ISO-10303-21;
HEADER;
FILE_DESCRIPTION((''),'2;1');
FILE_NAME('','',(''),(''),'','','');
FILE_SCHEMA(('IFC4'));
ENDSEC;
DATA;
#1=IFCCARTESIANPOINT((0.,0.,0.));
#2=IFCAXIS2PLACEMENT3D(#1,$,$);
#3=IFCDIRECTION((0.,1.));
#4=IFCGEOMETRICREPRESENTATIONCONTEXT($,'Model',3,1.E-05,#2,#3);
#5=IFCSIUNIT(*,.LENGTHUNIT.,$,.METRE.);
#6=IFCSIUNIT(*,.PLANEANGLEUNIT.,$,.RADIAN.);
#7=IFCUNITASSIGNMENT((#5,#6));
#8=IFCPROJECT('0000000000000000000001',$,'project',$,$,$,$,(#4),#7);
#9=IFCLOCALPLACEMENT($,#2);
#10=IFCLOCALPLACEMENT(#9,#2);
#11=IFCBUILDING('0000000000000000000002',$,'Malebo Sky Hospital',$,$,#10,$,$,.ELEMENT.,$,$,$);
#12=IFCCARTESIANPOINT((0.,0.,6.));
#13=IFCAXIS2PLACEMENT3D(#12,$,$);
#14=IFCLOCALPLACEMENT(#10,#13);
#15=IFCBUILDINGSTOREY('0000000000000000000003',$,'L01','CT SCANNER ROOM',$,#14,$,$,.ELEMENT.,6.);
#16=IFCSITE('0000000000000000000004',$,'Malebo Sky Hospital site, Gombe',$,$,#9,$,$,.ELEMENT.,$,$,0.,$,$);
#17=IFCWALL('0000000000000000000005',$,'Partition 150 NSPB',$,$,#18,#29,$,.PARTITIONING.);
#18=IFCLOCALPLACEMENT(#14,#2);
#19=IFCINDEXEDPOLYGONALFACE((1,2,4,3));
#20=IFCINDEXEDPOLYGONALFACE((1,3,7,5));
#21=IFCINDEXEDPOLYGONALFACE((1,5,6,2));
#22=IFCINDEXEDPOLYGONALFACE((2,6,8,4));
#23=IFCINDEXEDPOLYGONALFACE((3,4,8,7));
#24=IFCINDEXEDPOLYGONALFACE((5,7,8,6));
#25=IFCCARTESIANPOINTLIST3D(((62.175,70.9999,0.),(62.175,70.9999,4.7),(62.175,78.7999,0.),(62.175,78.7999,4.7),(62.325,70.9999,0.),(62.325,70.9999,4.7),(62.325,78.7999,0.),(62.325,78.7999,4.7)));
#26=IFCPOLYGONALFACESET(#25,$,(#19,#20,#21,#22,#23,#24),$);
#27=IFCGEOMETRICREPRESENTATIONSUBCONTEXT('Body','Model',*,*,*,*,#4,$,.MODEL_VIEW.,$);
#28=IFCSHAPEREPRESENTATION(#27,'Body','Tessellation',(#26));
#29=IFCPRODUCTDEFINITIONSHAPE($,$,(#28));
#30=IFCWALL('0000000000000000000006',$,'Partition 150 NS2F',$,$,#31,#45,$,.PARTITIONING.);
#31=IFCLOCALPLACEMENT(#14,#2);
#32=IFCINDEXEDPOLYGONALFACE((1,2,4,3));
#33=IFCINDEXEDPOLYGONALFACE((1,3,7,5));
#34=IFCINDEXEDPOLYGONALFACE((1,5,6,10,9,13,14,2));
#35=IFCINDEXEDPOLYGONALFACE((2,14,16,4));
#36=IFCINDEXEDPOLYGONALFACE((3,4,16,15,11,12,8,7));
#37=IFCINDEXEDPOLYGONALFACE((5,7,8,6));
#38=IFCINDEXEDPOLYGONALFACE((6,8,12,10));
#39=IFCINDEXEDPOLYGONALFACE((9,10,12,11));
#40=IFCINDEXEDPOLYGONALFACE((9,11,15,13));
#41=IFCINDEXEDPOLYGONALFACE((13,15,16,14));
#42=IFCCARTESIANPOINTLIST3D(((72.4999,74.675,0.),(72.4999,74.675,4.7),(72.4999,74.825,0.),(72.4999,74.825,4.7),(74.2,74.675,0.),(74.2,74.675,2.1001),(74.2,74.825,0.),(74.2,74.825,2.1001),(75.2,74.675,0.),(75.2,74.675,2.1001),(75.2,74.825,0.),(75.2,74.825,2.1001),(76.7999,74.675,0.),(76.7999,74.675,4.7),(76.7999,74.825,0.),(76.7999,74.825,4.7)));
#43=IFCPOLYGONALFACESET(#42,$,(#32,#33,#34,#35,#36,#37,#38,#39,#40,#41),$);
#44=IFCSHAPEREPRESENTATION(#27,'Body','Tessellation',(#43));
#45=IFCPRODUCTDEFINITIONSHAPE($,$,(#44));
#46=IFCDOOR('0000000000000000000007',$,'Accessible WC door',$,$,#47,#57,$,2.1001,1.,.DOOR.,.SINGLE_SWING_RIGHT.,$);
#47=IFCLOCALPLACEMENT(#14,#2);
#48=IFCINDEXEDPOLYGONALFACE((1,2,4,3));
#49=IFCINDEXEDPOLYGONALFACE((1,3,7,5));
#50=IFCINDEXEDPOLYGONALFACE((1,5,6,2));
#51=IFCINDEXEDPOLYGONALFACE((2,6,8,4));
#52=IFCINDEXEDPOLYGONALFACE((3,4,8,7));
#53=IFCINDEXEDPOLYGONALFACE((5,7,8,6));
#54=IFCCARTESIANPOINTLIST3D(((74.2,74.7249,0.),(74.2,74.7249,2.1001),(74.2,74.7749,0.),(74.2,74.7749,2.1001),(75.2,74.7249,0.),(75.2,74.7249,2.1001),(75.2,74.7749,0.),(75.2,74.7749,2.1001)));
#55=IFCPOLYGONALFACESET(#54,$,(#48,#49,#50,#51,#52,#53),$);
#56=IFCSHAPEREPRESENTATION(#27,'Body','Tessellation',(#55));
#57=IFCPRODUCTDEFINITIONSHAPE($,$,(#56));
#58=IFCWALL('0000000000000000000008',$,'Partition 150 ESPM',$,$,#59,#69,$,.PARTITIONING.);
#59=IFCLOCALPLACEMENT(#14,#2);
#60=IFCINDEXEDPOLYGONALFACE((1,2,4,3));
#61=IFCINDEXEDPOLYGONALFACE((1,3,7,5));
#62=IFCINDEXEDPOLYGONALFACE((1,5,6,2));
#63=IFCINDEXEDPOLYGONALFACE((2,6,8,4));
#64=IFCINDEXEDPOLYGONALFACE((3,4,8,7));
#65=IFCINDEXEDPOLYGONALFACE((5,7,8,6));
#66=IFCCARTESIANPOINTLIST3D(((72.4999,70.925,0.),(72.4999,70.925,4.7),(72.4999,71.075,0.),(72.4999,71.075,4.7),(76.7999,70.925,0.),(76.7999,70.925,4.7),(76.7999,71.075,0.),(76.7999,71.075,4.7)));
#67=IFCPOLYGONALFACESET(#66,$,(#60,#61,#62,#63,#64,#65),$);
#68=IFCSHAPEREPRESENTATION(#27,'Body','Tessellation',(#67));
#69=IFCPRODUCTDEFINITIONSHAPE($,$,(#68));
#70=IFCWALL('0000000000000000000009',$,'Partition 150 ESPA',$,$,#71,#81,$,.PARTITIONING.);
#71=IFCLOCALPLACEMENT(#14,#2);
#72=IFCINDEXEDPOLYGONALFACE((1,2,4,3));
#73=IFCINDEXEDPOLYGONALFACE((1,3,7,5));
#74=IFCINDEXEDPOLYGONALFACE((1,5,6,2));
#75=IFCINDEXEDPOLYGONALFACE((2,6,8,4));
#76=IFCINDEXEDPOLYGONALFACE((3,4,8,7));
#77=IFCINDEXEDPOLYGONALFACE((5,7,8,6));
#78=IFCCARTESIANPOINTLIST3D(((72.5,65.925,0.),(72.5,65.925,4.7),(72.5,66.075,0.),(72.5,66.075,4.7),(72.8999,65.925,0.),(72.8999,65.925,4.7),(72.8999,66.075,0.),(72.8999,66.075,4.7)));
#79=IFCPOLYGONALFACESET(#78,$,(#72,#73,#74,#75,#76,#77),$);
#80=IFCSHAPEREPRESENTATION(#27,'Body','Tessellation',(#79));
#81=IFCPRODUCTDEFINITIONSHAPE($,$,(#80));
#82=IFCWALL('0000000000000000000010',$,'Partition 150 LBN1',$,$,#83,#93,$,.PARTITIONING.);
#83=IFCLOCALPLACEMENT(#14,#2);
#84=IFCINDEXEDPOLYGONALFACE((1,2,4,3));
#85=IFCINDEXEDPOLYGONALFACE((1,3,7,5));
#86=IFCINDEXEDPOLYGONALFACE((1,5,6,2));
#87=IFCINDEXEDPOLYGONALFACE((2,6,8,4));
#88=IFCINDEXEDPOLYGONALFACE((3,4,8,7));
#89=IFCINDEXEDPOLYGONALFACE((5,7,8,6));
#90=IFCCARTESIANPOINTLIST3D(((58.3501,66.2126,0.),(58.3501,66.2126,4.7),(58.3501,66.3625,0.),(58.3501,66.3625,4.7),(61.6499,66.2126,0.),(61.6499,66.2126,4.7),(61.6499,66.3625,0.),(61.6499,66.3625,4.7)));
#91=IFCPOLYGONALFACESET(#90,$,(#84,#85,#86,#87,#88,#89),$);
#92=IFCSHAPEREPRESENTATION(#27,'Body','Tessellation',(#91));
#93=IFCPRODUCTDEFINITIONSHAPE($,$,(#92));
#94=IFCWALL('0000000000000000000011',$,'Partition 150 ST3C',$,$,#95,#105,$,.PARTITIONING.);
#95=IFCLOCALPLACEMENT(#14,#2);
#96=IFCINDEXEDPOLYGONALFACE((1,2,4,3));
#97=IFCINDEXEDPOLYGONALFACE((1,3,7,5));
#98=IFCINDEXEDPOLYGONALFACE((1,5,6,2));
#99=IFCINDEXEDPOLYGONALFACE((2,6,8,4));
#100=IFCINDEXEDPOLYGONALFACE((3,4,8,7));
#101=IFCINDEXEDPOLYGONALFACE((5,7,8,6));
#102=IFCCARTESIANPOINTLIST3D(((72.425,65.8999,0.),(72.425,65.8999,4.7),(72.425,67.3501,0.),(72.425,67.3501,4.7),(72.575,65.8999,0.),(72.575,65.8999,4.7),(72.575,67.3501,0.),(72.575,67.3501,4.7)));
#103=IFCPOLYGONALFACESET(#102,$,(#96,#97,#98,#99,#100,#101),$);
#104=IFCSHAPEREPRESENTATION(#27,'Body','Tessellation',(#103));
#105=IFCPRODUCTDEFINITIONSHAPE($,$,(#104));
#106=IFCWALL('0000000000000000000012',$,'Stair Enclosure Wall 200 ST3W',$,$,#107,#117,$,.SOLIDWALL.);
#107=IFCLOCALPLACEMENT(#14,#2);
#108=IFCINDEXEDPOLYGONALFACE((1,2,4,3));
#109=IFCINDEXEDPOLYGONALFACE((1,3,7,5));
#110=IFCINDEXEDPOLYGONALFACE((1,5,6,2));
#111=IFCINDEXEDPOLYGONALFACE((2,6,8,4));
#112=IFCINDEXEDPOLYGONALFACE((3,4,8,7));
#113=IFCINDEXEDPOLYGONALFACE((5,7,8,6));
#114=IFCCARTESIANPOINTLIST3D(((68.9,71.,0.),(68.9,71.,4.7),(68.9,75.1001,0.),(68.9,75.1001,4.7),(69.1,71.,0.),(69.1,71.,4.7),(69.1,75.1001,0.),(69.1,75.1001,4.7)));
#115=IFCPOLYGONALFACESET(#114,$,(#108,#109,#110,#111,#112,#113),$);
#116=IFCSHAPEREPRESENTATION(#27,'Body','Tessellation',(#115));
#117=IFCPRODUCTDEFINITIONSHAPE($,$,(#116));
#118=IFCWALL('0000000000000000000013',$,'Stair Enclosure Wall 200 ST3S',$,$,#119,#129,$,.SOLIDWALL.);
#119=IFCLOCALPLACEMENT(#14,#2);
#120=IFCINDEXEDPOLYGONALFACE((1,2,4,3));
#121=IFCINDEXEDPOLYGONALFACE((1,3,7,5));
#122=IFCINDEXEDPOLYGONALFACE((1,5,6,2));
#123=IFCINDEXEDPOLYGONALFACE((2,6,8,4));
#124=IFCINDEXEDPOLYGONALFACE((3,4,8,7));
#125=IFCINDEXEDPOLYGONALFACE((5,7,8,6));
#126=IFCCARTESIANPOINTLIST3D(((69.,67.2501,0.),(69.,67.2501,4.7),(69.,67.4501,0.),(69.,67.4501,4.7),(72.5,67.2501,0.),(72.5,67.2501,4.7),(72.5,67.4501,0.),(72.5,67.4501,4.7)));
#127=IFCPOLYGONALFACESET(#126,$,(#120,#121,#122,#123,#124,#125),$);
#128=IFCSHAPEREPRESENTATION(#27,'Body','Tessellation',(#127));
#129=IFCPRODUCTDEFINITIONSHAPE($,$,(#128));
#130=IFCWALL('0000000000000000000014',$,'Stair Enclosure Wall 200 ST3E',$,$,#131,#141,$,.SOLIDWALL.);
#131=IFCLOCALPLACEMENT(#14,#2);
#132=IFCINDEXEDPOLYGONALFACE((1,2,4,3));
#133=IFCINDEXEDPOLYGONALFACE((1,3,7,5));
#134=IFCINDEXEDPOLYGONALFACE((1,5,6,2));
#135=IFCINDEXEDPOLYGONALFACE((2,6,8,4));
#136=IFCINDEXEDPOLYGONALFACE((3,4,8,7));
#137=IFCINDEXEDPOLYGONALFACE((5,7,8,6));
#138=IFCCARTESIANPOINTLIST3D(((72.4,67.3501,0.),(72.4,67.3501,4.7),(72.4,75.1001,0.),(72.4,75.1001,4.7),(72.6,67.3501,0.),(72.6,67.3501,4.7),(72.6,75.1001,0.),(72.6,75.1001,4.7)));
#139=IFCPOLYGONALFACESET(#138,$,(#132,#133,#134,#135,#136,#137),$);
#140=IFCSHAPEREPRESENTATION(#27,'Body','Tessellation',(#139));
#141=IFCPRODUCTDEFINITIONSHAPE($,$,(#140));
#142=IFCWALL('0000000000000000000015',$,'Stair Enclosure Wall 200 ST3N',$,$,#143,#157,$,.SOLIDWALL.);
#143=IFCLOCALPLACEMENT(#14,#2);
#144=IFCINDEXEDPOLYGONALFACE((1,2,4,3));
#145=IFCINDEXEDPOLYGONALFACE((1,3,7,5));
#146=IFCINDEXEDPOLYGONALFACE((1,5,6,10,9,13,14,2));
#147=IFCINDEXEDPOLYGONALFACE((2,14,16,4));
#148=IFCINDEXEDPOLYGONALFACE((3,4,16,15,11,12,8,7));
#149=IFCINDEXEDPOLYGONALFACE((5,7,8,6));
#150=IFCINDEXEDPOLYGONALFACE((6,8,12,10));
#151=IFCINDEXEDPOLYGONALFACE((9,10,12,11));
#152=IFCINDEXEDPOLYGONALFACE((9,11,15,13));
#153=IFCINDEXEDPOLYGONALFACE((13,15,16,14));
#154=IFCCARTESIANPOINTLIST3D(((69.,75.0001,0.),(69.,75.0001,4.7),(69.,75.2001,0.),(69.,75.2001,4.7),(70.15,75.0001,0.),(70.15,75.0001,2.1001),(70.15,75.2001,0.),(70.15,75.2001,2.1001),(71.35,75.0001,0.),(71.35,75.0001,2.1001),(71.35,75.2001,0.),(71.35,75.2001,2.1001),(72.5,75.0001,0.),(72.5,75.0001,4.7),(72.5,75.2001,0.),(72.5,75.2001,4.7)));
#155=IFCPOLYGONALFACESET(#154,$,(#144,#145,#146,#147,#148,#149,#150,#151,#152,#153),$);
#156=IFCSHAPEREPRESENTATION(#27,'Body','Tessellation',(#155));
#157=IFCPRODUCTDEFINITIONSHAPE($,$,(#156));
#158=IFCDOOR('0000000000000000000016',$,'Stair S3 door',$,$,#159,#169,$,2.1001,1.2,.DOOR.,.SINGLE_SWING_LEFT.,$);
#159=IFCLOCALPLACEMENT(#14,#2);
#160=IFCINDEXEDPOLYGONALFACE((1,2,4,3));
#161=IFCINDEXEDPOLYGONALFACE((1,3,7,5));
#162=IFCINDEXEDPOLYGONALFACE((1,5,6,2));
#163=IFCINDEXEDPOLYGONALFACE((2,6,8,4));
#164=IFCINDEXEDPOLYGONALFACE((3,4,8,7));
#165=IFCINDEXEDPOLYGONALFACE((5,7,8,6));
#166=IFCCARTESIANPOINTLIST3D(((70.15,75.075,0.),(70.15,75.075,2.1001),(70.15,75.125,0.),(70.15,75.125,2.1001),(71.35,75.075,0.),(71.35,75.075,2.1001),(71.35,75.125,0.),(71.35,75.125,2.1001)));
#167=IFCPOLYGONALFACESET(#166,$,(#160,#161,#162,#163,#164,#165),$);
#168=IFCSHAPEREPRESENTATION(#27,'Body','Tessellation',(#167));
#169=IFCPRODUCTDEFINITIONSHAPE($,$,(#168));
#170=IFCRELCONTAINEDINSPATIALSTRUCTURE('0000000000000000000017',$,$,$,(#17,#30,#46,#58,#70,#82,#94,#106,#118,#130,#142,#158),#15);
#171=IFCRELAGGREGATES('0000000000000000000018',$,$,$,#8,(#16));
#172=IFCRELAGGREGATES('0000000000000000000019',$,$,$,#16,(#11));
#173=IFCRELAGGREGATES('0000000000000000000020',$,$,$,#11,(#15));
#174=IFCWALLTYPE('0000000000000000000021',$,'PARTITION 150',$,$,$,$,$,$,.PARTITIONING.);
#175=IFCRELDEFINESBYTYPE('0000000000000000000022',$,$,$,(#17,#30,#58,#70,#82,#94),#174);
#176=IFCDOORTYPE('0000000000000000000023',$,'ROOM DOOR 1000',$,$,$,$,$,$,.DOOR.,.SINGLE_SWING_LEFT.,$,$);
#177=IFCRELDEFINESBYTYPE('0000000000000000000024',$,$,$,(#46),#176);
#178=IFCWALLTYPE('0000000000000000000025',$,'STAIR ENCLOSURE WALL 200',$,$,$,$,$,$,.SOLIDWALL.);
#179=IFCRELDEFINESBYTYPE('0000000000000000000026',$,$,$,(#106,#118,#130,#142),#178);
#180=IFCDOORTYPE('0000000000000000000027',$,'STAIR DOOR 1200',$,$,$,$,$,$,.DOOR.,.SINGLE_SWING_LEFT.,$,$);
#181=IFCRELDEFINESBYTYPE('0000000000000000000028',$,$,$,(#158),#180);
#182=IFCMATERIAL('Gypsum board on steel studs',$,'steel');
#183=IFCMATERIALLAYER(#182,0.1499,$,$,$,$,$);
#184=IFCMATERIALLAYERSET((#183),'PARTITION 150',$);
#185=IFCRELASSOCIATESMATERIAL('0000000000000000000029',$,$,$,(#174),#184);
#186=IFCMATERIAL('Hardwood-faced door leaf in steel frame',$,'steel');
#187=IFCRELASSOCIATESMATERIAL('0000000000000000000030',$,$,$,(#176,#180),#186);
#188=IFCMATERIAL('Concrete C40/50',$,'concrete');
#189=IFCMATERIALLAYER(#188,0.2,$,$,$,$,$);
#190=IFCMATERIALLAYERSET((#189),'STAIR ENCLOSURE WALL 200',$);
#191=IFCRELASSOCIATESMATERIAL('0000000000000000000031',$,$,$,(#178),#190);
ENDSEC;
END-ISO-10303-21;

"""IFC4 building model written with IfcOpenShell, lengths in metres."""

from ifc_helpers import new_model, si_unit, direction, frame, frame_2d, origin, place, context, subcontext, project, spatial, rectangle, extrude, material, layer, layer_set, type_object, element, fill, save


model = new_model("IFC4")

# Units and contexts
model_context = context("Model", 3, precision=1e-05, world=origin(), true_north=direction((0.0, 1.0)))
body_context = subcontext(model_context, "Body", "Model", "MODEL_VIEW")
ifc_project = project(units=[si_unit("LENGTHUNIT", "METRE"), si_unit("PLANEANGLEUNIT", "RADIAN")], contexts=[model_context])

# Site, building, storey
site_placement = place(None, origin())
site = spatial("IfcSite", under=ifc_project, at=site_placement, Name="Malebo Sky Hospital site, Gombe", CompositionType="ELEMENT", RefElevation=0.0)
building_placement = place(site_placement, origin())
building = spatial("IfcBuilding", under=site, at=building_placement, Name="Malebo Sky Hospital", CompositionType="ELEMENT")
storey_placement = place(building_placement, frame((0.0, 0.0, 6.0)))
storey = spatial("IfcBuildingStorey", under=building, at=storey_placement, Name="L01", Description="CT SCANNER ROOM", CompositionType="ELEMENT", Elevation=6.0)

# Wall
ifc_material_1 = material(Name="Gypsum board on steel studs", Category="steel")
ifc_layer_1 = layer(ifc_material_1, 0.1499)
ifc_layer_set_1 = layer_set([ifc_layer_1], Name="PARTITION 150")
wall_type_1 = type_object("IfcWallType", Name="PARTITION 150", PredefinedType="PARTITIONING", material=ifc_layer_set_1)
wall_1_placement = place(storey_placement, frame((62.25, 71.0, 0.0), z_axis=(0.0, 0.0, 1.0), x_axis=(0.0, 1.0, 0.0)))
element("IfcWall", 1, at=wall_1_placement, inside=storey, type_object=wall_type_1, Name="Partition 150 NSPB", PredefinedType="PARTITIONING", context=body_context, shape_type="SweptSolid", body=[
    extrude(rectangle(XDim=7.8, YDim=0.1499, at=frame_2d((3.8999, 0.0))), origin(), (0.0, 0.0, 1.0), 4.7),
])

# Wall, opening, door
wall_2_placement = place(storey_placement, frame((72.5, 74.75, 0.0), z_axis=(0.0, 0.0, 1.0), x_axis=(1.0, 0.0, 0.0)))
wall_2 = element("IfcWall", 2, at=wall_2_placement, inside=storey, type_object=wall_type_1, Name="Partition 150 NS2F", PredefinedType="PARTITIONING", context=body_context, shape_type="SweptSolid", body=[
    extrude(rectangle(XDim=4.3, YDim=0.1499, at=frame_2d((2.1499, 0.0))), origin(), (0.0, 0.0, 1.0), 4.7),
])
opening_1_placement = place(wall_2_placement, frame((1.7, 0.0, 0.0)))
opening_1 = element("IfcOpeningElement", 3, at=opening_1_placement, cuts=wall_2, PredefinedType="OPENING", context=body_context, shape_type="SweptSolid", body=[
    extrude(rectangle(XDim=1.0, YDim=2.1001, at=frame_2d((0.5, 1.05))), frame((0.0, 0.085, 0.0), z_axis=(0.0, -1.0, 0.0), x_axis=(1.0, 0.0, 0.0)), (0.0, 0.0, 1.0), 0.1699),
])
ifc_material_2 = material(Name="Hardwood-faced door leaf in steel frame", Category="steel")
door_type_1 = type_object("IfcDoorType", Name="ROOM DOOR 1000", OperationType="SINGLE_SWING_LEFT", PredefinedType="DOOR", material=ifc_material_2)
door_1_placement = place(opening_1_placement, origin())
door_1 = element("IfcDoor", 4, at=door_1_placement, inside=storey, type_object=door_type_1, Name="Accessible WC door", OperationType="SINGLE_SWING_RIGHT", OverallHeight=2.1001, OverallWidth=1.0, PredefinedType="DOOR", context=body_context, shape_type="SweptSolid", body=[
    extrude(rectangle(XDim=1.0, YDim=2.1001, at=frame_2d((0.5, 1.05))), frame((0.0, 0.0249, 0.0), z_axis=(0.0, -1.0, 0.0), x_axis=(1.0, 0.0, 0.0)), (0.0, 0.0, 1.0), 0.05),
])
fill(opening_1, door_1)

# Walls
wall_3_placement = place(storey_placement, frame((72.5, 71.0, 0.0), z_axis=(0.0, 0.0, 1.0), x_axis=(1.0, 0.0, 0.0)))
element("IfcWall", 5, at=wall_3_placement, inside=storey, type_object=wall_type_1, Name="Partition 150 ESPM", PredefinedType="PARTITIONING", context=body_context, shape_type="SweptSolid", body=[
    extrude(rectangle(XDim=4.3, YDim=0.1499, at=frame_2d((2.1499, 0.0))), origin(), (0.0, 0.0, 1.0), 4.7),
])
wall_4_placement = place(storey_placement, frame((72.5, 66.0, 0.0), z_axis=(0.0, 0.0, 1.0), x_axis=(1.0, 0.0, 0.0)))
element("IfcWall", 6, at=wall_4_placement, inside=storey, type_object=wall_type_1, Name="Partition 150 ESPA", PredefinedType="PARTITIONING", context=body_context, shape_type="SweptSolid", body=[
    extrude(rectangle(XDim=0.3999, YDim=0.1499, at=frame_2d((0.2, 0.0))), origin(), (0.0, 0.0, 1.0), 4.7),
])
wall_5_placement = place(storey_placement, frame((58.3501, 66.2876, 0.0), z_axis=(0.0, 0.0, 1.0), x_axis=(1.0, 0.0, 0.0)))
element("IfcWall", 7, at=wall_5_placement, inside=storey, type_object=wall_type_1, Name="Partition 150 LBN1", PredefinedType="PARTITIONING", context=body_context, shape_type="SweptSolid", body=[
    extrude(rectangle(XDim=3.2998, YDim=0.1499, at=frame_2d((1.6499, 0.0))), origin(), (0.0, 0.0, 1.0), 4.7),
])
wall_6_placement = place(storey_placement, frame((72.5, 65.8999, 0.0), z_axis=(0.0, 0.0, 1.0), x_axis=(0.0, 1.0, 0.0)))
element("IfcWall", 8, at=wall_6_placement, inside=storey, type_object=wall_type_1, Name="Partition 150 ST3C", PredefinedType="PARTITIONING", context=body_context, shape_type="SweptSolid", body=[
    extrude(rectangle(XDim=1.4502, YDim=0.1499, at=frame_2d((0.7251, 0.0))), origin(), (0.0, 0.0, 1.0), 4.7),
])
ifc_material_3 = material(Name="Concrete C40/50", Category="concrete")
ifc_layer_2 = layer(ifc_material_3, 0.2)
ifc_layer_set_2 = layer_set([ifc_layer_2], Name="STAIR ENCLOSURE WALL 200")
wall_type_2 = type_object("IfcWallType", Name="STAIR ENCLOSURE WALL 200", PredefinedType="SOLIDWALL", material=ifc_layer_set_2)
wall_7_placement = place(storey_placement, frame((69.0, 71.0, 0.0), z_axis=(0.0, 0.0, 1.0), x_axis=(0.0, 1.0, 0.0)))
element("IfcWall", 9, at=wall_7_placement, inside=storey, type_object=wall_type_2, Name="Stair Enclosure Wall 200 ST3W", PredefinedType="SOLIDWALL", context=body_context, shape_type="SweptSolid", body=[
    extrude(rectangle(XDim=4.1001, YDim=0.2, at=frame_2d((2.05, 0.0))), origin(), (0.0, 0.0, 1.0), 4.7),
])
wall_8_placement = place(storey_placement, frame((69.0, 67.3501, 0.0), z_axis=(0.0, 0.0, 1.0), x_axis=(1.0, 0.0, 0.0)))
element("IfcWall", 10, at=wall_8_placement, inside=storey, type_object=wall_type_2, Name="Stair Enclosure Wall 200 ST3S", PredefinedType="SOLIDWALL", context=body_context, shape_type="SweptSolid", body=[
    extrude(rectangle(XDim=3.5, YDim=0.2, at=frame_2d((1.75, 0.0))), origin(), (0.0, 0.0, 1.0), 4.7),
])
wall_9_placement = place(storey_placement, frame((72.5, 67.3501, 0.0), z_axis=(0.0, 0.0, 1.0), x_axis=(0.0, 1.0, 0.0)))
element("IfcWall", 11, at=wall_9_placement, inside=storey, type_object=wall_type_2, Name="Stair Enclosure Wall 200 ST3E", PredefinedType="SOLIDWALL", context=body_context, shape_type="SweptSolid", body=[
    extrude(rectangle(XDim=7.75, YDim=0.2, at=frame_2d((3.875, 0.0))), origin(), (0.0, 0.0, 1.0), 4.7),
])

# Wall, opening, door
wall_10_placement = place(storey_placement, frame((69.0, 75.1001, 0.0), z_axis=(0.0, 0.0, 1.0), x_axis=(1.0, 0.0, 0.0)))
wall_10 = element("IfcWall", 12, at=wall_10_placement, inside=storey, type_object=wall_type_2, Name="Stair Enclosure Wall 200 ST3N", PredefinedType="SOLIDWALL", context=body_context, shape_type="SweptSolid", body=[
    extrude(rectangle(XDim=3.5, YDim=0.2, at=frame_2d((1.75, 0.0))), origin(), (0.0, 0.0, 1.0), 4.7),
])
opening_2_placement = place(wall_10_placement, frame((1.1499, 0.0, 0.0)))
opening_2 = element("IfcOpeningElement", 13, at=opening_2_placement, cuts=wall_10, PredefinedType="OPENING", context=body_context, shape_type="SweptSolid", body=[
    extrude(rectangle(XDim=1.2, YDim=2.1001, at=frame_2d((0.6001, 1.05))), frame((0.0, 0.1099, 0.0), z_axis=(0.0, -1.0, 0.0), x_axis=(1.0, 0.0, 0.0)), (0.0, 0.0, 1.0), 0.22),
])
door_type_2 = type_object("IfcDoorType", Name="STAIR DOOR 1200", OperationType="SINGLE_SWING_LEFT", PredefinedType="DOOR", material=ifc_material_2)
door_2_placement = place(opening_2_placement, origin())
door_2 = element("IfcDoor", 14, at=door_2_placement, inside=storey, type_object=door_type_2, Name="Stair S3 door", OperationType="SINGLE_SWING_LEFT", OverallHeight=2.1001, OverallWidth=1.2, PredefinedType="DOOR", context=body_context, shape_type="SweptSolid", body=[
    extrude(rectangle(XDim=1.2, YDim=2.1001, at=frame_2d((0.6001, 1.05))), frame((0.0, 0.0249, 0.0), z_axis=(0.0, -1.0, 0.0), x_axis=(1.0, 0.0, 0.0)), (0.0, 0.0, 1.0), 0.05),
])
fill(opening_2, door_2)

save(model, "model.ifc")
